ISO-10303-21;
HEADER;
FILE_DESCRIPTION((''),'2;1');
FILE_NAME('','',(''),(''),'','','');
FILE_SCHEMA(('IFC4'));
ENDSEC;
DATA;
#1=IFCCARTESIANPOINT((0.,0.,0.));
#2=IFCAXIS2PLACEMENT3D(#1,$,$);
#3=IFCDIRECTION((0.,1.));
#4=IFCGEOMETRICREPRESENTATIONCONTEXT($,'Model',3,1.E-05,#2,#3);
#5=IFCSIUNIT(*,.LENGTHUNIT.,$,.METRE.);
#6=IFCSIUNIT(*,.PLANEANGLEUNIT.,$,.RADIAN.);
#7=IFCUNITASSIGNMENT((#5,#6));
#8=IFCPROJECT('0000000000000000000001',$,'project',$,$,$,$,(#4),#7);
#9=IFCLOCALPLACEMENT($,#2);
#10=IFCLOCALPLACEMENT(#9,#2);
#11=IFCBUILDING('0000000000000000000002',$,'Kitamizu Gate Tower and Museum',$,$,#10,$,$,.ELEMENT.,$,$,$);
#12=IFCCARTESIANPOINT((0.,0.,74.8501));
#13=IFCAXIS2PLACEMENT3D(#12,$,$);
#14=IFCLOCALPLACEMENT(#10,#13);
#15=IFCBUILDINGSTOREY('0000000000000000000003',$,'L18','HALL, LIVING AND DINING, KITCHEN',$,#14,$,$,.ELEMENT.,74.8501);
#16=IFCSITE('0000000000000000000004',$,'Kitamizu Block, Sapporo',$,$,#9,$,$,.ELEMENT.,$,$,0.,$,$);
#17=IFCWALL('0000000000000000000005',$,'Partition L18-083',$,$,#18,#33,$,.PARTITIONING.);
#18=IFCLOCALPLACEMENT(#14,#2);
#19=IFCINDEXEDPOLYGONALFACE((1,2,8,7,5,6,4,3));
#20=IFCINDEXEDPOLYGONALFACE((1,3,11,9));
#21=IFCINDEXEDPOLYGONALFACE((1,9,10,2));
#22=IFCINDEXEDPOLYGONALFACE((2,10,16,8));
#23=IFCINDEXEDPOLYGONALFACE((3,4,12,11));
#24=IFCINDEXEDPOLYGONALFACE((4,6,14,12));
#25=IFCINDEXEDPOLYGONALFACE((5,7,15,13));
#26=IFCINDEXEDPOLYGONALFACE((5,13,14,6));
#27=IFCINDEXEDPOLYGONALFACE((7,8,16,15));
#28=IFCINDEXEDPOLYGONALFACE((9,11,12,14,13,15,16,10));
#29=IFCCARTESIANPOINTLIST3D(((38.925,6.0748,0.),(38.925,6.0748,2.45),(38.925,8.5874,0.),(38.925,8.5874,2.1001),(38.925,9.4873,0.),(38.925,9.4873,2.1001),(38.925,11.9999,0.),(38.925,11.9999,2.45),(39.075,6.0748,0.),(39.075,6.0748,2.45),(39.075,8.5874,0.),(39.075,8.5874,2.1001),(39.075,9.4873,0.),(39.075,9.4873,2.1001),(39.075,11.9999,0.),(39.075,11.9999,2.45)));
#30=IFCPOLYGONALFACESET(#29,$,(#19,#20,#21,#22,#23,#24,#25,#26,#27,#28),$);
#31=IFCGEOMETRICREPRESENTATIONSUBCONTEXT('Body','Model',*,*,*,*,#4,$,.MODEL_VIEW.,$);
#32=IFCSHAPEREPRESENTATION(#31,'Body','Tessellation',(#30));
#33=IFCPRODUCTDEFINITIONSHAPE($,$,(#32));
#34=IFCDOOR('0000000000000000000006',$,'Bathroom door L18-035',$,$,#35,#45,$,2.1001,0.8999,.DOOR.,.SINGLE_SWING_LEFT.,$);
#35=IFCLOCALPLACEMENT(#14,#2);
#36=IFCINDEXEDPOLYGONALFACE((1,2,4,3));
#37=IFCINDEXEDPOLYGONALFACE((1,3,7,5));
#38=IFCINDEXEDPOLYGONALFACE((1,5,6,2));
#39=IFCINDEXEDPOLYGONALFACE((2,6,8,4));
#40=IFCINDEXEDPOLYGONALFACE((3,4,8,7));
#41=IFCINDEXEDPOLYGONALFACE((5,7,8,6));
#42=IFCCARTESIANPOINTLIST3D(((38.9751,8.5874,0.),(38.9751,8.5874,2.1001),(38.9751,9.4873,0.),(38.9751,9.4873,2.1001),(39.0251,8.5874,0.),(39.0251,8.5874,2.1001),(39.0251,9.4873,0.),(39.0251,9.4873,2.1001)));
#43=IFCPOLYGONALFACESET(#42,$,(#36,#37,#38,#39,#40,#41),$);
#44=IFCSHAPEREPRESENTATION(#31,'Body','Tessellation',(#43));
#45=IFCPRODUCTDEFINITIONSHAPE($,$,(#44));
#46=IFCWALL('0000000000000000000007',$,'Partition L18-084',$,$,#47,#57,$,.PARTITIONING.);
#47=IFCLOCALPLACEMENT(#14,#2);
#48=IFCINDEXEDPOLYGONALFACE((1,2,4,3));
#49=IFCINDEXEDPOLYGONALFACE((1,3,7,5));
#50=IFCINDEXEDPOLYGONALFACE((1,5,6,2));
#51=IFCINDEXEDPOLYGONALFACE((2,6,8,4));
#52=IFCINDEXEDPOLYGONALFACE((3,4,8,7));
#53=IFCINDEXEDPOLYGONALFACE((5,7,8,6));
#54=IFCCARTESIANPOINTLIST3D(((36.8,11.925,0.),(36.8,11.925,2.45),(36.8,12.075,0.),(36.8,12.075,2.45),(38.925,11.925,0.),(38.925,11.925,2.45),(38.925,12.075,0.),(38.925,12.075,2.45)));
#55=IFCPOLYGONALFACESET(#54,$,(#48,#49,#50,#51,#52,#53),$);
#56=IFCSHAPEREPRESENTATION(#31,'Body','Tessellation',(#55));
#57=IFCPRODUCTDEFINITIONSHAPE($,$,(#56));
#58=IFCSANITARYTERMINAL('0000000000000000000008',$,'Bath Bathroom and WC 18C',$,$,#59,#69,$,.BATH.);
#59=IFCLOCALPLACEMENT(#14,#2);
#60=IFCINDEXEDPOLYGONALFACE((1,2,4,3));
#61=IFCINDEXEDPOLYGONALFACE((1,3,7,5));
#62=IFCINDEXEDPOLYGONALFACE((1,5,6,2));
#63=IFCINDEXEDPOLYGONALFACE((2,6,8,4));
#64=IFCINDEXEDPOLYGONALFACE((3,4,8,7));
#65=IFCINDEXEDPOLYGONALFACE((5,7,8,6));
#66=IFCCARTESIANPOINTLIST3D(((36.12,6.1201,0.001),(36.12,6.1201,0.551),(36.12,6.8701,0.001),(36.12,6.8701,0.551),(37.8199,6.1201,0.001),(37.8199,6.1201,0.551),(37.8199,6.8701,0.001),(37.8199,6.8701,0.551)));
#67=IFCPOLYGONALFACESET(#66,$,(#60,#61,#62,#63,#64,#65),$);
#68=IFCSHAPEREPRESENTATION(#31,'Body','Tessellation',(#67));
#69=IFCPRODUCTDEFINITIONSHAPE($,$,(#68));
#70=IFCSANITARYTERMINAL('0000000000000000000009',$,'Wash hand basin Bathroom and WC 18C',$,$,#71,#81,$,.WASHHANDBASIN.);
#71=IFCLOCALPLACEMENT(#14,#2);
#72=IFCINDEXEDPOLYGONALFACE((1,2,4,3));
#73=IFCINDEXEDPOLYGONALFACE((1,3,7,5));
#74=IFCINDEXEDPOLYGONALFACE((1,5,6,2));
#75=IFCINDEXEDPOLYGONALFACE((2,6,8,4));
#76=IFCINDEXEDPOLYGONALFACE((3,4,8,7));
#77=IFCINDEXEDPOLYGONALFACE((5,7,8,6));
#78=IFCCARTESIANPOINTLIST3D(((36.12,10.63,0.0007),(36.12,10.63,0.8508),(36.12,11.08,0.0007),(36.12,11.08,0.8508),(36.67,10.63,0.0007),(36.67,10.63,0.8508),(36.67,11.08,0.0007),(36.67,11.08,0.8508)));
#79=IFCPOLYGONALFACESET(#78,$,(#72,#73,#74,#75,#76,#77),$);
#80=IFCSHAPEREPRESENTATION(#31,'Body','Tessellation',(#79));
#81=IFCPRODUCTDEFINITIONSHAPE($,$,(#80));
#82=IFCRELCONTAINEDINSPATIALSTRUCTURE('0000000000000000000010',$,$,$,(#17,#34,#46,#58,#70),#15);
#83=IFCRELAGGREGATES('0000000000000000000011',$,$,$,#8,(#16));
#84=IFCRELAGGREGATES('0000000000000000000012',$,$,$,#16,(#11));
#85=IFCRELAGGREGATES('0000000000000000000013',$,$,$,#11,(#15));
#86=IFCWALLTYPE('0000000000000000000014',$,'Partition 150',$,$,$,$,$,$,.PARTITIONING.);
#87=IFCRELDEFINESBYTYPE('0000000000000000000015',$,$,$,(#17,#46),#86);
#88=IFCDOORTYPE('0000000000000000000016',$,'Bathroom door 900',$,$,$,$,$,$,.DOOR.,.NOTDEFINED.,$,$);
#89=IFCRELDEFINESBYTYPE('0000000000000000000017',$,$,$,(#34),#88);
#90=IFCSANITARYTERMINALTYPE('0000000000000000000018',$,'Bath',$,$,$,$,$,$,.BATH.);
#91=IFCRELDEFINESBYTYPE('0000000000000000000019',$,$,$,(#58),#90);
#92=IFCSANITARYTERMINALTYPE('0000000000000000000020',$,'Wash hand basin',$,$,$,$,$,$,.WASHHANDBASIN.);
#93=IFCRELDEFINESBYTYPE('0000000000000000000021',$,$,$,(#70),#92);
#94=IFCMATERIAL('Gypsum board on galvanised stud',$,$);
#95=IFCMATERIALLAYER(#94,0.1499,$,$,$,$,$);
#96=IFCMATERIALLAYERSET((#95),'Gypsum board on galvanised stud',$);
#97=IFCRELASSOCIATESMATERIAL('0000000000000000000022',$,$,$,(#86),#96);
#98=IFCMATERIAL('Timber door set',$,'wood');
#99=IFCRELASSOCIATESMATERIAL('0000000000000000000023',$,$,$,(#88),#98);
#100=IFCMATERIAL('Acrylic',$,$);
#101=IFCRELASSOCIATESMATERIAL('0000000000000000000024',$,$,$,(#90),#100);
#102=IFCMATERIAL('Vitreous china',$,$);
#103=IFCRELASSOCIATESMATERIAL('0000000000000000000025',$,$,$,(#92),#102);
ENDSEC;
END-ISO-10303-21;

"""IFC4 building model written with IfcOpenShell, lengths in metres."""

from ifc_helpers import new_model, si_unit, direction, frame, frame_2d, origin, origin_2d, place, context, subcontext, project, spatial, rectangle, extrude, material, layer, layer_set, type_object, element, fill, save


model = new_model("IFC4")

# Units and contexts
model_context = context("Model", 3, precision=1e-05, world=origin(), true_north=direction((0.0, 1.0)))
body_context = subcontext(model_context, "Body", "Model", "MODEL_VIEW")
ifc_project = project(units=[si_unit("LENGTHUNIT", "METRE"), si_unit("PLANEANGLEUNIT", "RADIAN")], contexts=[model_context])

# Site, building, storey
site_placement = place(None, origin())
site = spatial("IfcSite", under=ifc_project, at=site_placement, Name="Kitamizu Block, Sapporo", CompositionType="ELEMENT", RefElevation=0.0)
building_placement = place(site_placement, origin())
building = spatial("IfcBuilding", under=site, at=building_placement, Name="Kitamizu Gate Tower and Museum", CompositionType="ELEMENT")
storey_placement = place(building_placement, frame((0.0, 0.0, 74.8501)))
storey = spatial("IfcBuildingStorey", under=building, at=storey_placement, Name="L18", Description="HALL, LIVING AND DINING, KITCHEN", CompositionType="ELEMENT", Elevation=74.8501)

# Shared definitions
ifc_material_1 = material(Name="Gypsum board on galvanised stud")
ifc_layer_1 = layer(ifc_material_1, 0.1499)
ifc_layer_set_1 = layer_set([ifc_layer_1], Name="Gypsum board on galvanised stud")
wall_type_1 = type_object("IfcWallType", Name="Partition 150", PredefinedType="PARTITIONING", material=ifc_layer_set_1)

# Wall, opening, door
wall_1_placement = place(storey_placement, frame((39.0, 6.075, 0.0), z_axis=(0.0, 0.0, 1.0), x_axis=(0.0, 1.0, 0.0)))
wall_1 = element("IfcWall", 1, at=wall_1_placement, inside=storey, type_object=wall_type_1, Name="Partition L18-083", PredefinedType="PARTITIONING", context=body_context, shape_type="SweptSolid", body=[
    extrude(rectangle(XDim=5.925, YDim=0.1499, at=frame_2d((2.9624, 0.0))), origin(), (0.0, 0.0, 1.0), 2.45),
])
opening_1_placement = place(wall_1_placement, frame((2.5125, 0.0, 0.0)))
opening_1 = element("IfcOpeningElement", 2, at=opening_1_placement, cuts=wall_1, PredefinedType="OPENING", context=body_context, shape_type="SweptSolid", body=[
    extrude(rectangle(XDim=0.8999, YDim=2.1001, at=frame_2d((0.45, 1.05))), frame((0.0, 0.085, 0.0), z_axis=(0.0, -1.0, 0.0), x_axis=(1.0, 0.0, 0.0)), (0.0, 0.0, 1.0), 0.1699),
])
ifc_material_2 = material(Name="Timber door set", Category="wood")
door_type_1 = type_object("IfcDoorType", Name="Bathroom door 900", OperationType="NOTDEFINED", PredefinedType="DOOR", material=ifc_material_2)
door_1_placement = place(opening_1_placement, origin())
door_1 = element("IfcDoor", 3, at=door_1_placement, inside=storey, type_object=door_type_1, Name="Bathroom door L18-035", OperationType="SINGLE_SWING_LEFT", OverallHeight=2.1001, OverallWidth=0.8999, PredefinedType="DOOR", context=body_context, shape_type="SweptSolid", body=[
    extrude(rectangle(XDim=0.8999, YDim=2.1001, at=frame_2d((0.45, 1.05))), frame((0.0, 0.0249, 0.0), z_axis=(0.0, -1.0, 0.0), x_axis=(1.0, 0.0, 0.0)), (0.0, 0.0, 1.0), 0.05),
])
fill(opening_1, door_1)

# Wall
wall_2_placement = place(storey_placement, frame((38.925, 12.0, 0.0), z_axis=(0.0, 0.0, 1.0), x_axis=(-1.0, 0.0, 0.0)))
element("IfcWall", 4, at=wall_2_placement, inside=storey, type_object=wall_type_1, Name="Partition L18-084", PredefinedType="PARTITIONING", context=body_context, shape_type="SweptSolid", body=[
    extrude(rectangle(XDim=2.125, YDim=0.1499, at=frame_2d((1.0625, 0.0))), origin(), (0.0, 0.0, 1.0), 2.45),
])

# Sanitary terminals
ifc_material_3 = material(Name="Acrylic")
sanitary_terminal_type_1 = type_object("IfcSanitaryTerminalType", Name="Bath", PredefinedType="BATH", material=ifc_material_3)
sanitary_terminal_1_placement = place(storey_placement, frame((36.97, 6.4951, 0.001), z_axis=(0.0, 0.0, 1.0), x_axis=(1.0, 0.0, 0.0)))
element("IfcSanitaryTerminal", 5, at=sanitary_terminal_1_placement, inside=storey, type_object=sanitary_terminal_type_1, Name="Bath Bathroom and WC 18C", PredefinedType="BATH", context=body_context, shape_type="SweptSolid", body=[
    extrude(rectangle(XDim=1.7, YDim=0.75, at=origin_2d()), origin(), (0.0, 0.0, 1.0), 0.55),
])
ifc_material_4 = material(Name="Vitreous china")
sanitary_terminal_type_2 = type_object("IfcSanitaryTerminalType", Name="Wash hand basin", PredefinedType="WASHHANDBASIN", material=ifc_material_4)
sanitary_terminal_2_placement = place(storey_placement, frame((36.395, 10.855, 0.0007), z_axis=(0.0, 0.0, 1.0), x_axis=(1.0, 0.0, 0.0)))
element("IfcSanitaryTerminal", 6, at=sanitary_terminal_2_placement, inside=storey, type_object=sanitary_terminal_type_2, Name="Wash hand basin Bathroom and WC 18C", PredefinedType="WASHHANDBASIN", context=body_context, shape_type="SweptSolid", body=[
    extrude(rectangle(XDim=0.55, YDim=0.45, at=origin_2d()), origin(), (0.0, 0.0, 1.0), 0.8501),
])

save(model, "model.ifc")
